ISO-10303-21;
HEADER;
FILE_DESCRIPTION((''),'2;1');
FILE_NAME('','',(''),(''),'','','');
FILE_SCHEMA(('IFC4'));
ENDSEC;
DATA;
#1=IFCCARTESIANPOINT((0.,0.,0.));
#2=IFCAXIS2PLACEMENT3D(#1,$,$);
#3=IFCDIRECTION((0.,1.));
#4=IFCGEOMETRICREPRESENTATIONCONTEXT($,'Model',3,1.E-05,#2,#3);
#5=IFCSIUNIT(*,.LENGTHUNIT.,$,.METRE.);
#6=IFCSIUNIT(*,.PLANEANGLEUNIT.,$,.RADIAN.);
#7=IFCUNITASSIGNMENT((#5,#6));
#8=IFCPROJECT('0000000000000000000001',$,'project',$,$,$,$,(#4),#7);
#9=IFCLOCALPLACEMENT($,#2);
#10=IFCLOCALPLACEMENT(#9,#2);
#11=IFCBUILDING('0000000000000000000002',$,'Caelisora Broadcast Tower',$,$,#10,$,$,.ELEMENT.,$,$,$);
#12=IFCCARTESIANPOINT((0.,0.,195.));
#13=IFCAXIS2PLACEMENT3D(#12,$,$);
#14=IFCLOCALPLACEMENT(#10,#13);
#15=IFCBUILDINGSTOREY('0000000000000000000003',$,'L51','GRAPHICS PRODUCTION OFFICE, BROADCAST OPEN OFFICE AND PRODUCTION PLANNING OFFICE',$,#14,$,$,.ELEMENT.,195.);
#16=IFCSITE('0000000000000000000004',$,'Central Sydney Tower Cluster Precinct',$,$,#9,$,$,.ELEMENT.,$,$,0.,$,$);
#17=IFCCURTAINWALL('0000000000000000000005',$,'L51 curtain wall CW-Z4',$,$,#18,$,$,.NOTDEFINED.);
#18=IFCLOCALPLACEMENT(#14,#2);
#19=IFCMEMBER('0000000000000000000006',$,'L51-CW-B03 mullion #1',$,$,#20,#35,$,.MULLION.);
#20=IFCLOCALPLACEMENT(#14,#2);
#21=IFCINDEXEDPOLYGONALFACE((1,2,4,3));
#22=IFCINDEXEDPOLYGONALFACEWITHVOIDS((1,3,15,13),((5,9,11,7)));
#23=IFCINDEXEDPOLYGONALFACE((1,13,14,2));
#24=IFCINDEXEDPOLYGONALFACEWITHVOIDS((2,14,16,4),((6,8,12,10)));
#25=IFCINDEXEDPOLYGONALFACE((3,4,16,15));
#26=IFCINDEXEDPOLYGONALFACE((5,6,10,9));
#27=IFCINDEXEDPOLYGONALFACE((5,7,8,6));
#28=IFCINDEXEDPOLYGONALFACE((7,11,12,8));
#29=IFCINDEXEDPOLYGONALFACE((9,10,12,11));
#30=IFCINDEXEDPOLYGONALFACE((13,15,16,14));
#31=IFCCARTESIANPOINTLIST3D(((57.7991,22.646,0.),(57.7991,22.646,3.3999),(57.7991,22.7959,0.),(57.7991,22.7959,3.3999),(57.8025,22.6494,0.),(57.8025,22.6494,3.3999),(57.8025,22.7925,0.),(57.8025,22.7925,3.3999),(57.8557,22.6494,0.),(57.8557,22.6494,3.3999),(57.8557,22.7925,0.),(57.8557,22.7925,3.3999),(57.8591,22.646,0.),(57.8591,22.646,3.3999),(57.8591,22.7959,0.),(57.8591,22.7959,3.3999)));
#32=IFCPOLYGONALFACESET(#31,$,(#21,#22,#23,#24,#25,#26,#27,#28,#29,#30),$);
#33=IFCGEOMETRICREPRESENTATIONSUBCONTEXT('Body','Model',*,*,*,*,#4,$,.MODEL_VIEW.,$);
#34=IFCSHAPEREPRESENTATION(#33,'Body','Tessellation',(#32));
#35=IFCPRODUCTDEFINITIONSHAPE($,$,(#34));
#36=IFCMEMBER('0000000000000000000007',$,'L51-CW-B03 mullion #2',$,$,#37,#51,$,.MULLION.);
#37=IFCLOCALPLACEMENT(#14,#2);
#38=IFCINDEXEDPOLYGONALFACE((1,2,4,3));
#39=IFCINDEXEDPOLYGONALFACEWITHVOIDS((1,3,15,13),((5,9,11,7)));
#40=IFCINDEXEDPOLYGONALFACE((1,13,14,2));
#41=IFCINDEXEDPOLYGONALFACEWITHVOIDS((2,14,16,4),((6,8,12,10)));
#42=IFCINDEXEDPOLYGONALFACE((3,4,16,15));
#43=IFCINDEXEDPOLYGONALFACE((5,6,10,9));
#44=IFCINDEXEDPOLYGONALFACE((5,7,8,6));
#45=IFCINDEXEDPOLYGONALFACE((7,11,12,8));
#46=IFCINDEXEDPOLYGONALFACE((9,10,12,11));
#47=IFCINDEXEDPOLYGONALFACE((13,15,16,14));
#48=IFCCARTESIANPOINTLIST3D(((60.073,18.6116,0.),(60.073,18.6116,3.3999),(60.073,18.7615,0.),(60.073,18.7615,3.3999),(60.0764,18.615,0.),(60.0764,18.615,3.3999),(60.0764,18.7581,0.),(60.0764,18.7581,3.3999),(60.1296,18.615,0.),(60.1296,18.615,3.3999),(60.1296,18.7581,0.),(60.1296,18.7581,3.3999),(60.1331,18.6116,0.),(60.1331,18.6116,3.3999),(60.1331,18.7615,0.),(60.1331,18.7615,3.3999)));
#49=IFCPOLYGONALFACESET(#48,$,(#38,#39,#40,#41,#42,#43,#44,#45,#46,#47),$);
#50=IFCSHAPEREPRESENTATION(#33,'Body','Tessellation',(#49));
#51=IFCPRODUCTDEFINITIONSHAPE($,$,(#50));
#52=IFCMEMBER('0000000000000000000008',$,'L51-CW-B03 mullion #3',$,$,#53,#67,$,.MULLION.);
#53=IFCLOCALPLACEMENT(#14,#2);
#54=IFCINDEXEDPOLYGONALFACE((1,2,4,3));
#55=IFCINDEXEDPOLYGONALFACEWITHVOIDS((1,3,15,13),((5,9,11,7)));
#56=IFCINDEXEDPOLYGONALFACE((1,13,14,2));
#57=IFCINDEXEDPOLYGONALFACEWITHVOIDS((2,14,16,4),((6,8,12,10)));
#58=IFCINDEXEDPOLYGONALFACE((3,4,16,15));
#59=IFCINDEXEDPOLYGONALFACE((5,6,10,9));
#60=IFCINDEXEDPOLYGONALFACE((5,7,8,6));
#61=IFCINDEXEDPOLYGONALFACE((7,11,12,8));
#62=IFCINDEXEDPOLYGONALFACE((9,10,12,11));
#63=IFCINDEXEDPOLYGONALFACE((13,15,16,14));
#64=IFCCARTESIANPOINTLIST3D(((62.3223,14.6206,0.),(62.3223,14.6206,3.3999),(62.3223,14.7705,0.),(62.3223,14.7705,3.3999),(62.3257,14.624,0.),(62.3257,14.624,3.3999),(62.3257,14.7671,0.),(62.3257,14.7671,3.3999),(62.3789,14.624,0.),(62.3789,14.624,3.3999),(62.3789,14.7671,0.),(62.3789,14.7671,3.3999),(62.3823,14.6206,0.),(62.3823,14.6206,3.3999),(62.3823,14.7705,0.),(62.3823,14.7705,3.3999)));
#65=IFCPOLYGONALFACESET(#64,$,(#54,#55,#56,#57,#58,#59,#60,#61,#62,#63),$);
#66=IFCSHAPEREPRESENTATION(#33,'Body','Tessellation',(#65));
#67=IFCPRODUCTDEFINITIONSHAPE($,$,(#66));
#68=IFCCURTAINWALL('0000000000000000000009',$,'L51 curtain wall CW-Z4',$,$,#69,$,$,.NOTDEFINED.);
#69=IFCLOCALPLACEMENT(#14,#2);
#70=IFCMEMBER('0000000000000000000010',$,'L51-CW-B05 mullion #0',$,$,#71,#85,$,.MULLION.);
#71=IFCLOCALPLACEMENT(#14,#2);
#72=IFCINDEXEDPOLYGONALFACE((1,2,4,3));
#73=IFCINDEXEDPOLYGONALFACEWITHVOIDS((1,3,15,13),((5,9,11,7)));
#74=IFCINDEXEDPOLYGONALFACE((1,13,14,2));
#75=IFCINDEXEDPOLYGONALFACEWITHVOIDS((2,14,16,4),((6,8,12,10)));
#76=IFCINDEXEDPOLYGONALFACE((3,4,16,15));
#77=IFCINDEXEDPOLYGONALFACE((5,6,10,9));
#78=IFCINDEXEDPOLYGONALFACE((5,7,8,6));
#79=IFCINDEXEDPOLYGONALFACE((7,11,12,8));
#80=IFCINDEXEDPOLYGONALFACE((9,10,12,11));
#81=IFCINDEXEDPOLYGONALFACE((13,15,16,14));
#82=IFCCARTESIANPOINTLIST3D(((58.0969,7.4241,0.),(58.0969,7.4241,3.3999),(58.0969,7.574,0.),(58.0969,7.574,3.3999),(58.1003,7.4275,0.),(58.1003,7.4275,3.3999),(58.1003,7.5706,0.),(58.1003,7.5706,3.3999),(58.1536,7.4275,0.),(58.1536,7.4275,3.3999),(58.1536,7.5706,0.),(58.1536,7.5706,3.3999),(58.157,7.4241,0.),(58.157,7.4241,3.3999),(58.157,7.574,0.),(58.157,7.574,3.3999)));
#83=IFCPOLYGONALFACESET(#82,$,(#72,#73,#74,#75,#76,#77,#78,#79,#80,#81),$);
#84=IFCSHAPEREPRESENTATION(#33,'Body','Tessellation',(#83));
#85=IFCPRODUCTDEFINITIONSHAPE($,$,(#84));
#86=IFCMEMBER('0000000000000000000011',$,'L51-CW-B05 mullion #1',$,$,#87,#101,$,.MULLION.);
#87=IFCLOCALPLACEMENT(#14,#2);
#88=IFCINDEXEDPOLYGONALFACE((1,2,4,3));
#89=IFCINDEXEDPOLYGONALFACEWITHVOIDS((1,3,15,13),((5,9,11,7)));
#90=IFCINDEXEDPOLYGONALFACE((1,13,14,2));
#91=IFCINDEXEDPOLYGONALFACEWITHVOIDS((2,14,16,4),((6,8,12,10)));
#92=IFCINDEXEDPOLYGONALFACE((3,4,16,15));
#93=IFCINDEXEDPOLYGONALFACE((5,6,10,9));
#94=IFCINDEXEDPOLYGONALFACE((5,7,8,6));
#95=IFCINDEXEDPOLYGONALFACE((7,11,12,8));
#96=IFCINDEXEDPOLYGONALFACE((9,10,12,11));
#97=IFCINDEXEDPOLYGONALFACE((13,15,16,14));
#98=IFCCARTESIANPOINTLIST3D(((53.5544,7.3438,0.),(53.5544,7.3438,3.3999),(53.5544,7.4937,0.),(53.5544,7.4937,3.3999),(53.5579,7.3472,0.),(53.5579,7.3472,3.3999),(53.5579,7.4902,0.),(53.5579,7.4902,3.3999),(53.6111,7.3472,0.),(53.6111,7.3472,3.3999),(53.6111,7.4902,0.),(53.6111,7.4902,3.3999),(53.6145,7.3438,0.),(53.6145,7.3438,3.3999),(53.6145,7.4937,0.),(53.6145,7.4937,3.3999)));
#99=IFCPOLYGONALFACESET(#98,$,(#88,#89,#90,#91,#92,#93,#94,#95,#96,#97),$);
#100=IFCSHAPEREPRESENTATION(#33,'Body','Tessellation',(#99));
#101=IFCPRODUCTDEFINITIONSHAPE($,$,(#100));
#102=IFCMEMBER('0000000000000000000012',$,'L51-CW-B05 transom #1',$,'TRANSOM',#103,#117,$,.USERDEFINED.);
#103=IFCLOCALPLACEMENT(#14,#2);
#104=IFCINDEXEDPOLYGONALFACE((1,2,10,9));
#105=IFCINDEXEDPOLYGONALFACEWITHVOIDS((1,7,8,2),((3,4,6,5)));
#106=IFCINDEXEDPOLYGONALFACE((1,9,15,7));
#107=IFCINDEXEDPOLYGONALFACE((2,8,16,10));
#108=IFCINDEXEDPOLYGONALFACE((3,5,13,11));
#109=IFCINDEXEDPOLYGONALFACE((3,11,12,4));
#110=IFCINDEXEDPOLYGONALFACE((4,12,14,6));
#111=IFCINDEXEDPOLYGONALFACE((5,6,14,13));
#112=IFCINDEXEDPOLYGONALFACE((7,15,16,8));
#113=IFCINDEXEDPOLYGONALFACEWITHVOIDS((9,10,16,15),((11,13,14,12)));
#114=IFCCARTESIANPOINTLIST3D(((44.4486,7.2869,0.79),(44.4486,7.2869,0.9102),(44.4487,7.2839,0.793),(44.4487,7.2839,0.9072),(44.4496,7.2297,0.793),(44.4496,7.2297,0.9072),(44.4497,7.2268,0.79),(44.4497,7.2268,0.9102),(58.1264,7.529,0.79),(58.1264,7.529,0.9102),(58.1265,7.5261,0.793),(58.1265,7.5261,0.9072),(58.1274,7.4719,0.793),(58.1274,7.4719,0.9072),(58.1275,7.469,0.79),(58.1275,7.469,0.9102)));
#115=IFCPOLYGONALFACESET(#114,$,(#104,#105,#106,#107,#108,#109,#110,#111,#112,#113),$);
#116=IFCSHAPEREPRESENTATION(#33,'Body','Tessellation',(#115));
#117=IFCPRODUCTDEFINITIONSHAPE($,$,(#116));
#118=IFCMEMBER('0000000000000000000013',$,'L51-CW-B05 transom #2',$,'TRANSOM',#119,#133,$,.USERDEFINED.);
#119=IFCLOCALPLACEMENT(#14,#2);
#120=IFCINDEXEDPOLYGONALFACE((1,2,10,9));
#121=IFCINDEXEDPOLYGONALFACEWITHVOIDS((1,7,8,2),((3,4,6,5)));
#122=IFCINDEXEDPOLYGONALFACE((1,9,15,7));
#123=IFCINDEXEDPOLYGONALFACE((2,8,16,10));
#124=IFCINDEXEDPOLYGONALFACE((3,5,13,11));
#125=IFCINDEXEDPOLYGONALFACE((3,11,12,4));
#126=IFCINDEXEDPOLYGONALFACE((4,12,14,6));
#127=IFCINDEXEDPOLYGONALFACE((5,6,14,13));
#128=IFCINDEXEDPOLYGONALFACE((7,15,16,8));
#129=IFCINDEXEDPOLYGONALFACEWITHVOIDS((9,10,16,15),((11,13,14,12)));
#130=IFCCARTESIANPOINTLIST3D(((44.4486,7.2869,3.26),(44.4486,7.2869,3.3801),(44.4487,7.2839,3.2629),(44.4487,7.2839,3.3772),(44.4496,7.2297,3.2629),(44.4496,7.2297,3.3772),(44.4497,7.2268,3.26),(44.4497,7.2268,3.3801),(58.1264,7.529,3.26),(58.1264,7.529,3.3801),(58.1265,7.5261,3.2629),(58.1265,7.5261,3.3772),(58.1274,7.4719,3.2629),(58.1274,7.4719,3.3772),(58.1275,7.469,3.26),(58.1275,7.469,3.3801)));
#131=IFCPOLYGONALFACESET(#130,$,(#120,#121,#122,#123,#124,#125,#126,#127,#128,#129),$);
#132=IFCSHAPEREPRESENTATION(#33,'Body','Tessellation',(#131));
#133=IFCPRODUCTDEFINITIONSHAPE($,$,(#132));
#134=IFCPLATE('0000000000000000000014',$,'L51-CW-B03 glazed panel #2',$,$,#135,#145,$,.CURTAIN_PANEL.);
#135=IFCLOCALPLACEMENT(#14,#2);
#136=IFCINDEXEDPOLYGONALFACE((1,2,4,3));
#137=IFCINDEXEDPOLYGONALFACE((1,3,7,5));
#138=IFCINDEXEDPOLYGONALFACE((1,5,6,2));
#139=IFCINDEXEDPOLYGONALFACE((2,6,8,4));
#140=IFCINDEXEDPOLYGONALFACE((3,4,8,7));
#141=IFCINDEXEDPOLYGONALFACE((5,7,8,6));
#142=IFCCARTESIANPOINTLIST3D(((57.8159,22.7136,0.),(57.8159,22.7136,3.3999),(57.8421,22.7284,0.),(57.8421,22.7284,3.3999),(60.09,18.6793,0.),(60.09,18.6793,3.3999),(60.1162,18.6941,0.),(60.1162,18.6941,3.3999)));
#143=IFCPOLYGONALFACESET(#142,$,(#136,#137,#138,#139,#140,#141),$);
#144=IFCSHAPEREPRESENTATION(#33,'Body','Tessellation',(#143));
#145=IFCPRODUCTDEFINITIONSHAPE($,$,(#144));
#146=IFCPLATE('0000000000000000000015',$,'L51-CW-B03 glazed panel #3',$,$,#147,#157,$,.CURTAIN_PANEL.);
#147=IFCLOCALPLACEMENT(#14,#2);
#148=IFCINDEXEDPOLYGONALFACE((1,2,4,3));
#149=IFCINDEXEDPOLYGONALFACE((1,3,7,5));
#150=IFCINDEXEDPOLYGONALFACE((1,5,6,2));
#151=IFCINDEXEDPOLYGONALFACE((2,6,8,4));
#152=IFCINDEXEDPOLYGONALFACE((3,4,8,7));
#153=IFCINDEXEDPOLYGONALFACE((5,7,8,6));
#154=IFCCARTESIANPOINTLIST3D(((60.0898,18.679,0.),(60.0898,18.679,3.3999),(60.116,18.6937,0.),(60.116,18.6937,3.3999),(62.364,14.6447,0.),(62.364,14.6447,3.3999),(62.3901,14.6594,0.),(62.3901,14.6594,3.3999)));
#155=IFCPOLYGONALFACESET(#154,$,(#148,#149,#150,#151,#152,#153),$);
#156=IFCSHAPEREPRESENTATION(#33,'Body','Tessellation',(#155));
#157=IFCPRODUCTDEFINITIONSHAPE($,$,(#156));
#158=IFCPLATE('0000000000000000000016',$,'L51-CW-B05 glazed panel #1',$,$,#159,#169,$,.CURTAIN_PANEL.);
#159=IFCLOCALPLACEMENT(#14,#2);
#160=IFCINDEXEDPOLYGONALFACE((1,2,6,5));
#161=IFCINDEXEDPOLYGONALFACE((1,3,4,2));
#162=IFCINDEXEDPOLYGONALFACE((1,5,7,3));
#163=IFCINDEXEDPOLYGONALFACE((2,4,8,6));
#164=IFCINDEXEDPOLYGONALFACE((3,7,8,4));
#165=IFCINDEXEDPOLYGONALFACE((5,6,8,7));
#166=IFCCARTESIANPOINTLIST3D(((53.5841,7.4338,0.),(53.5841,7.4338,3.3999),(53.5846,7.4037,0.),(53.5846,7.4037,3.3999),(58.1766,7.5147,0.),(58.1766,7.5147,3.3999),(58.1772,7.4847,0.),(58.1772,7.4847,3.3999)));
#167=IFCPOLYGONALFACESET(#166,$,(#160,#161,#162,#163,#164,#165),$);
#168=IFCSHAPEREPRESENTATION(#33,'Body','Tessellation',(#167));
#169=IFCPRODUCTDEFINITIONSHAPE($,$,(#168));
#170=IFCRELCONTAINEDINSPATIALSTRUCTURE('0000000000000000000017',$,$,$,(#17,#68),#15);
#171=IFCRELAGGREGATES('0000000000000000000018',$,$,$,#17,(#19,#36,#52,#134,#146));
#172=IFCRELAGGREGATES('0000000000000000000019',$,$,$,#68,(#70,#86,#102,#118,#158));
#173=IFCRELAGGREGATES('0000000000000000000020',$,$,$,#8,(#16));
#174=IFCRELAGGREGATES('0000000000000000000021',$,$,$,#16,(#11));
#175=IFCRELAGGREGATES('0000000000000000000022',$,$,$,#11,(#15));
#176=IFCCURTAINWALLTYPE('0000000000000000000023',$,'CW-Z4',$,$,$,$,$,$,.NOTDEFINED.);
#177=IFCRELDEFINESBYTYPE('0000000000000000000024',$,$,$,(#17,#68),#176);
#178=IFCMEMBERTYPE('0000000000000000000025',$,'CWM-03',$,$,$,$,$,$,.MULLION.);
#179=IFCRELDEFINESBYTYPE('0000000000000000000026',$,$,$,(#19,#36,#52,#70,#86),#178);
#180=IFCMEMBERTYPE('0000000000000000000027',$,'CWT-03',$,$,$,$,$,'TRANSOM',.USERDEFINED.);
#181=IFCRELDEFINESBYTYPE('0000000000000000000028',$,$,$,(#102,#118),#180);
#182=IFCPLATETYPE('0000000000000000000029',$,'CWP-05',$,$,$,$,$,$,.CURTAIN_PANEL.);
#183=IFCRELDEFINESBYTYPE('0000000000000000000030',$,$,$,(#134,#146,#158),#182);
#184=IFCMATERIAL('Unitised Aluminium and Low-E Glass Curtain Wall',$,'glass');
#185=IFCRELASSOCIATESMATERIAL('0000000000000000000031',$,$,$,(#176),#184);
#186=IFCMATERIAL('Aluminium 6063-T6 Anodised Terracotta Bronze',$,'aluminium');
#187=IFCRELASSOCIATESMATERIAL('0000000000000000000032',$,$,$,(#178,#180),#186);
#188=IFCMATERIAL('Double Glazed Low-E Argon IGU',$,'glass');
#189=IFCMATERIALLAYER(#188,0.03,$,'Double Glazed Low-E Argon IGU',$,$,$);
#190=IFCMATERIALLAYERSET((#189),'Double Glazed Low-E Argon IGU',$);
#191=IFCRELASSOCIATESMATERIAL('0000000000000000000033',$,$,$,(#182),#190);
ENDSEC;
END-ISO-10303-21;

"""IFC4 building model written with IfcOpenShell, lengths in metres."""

from ifc_helpers import new_model, si_unit, direction, frame, origin, origin_2d, place, context, subcontext, project, spatial, rectangle, hollow_rectangle, extrude, source, transform, mapped, material, layer, layer_set, material_profile, profile_set, type_object, type_shapes, element, aggregate, save


model = new_model("IFC4")

# Units and contexts
model_context = context("Model", 3, precision=1e-05, world=origin(), true_north=direction((0.0, 1.0)))
body_context = subcontext(model_context, "Body", "Model", "MODEL_VIEW")
ifc_project = project(units=[si_unit("LENGTHUNIT", "METRE"), si_unit("PLANEANGLEUNIT", "RADIAN")], contexts=[model_context])

# Site, building, storey
site_placement = place(None, origin())
site = spatial("IfcSite", under=ifc_project, at=site_placement, Name="Central Sydney Tower Cluster Precinct", CompositionType="ELEMENT", RefElevation=0.0)
building_placement = place(site_placement, origin())
building = spatial("IfcBuilding", under=site, at=building_placement, Name="Caelisora Broadcast Tower", CompositionType="ELEMENT")
storey_placement = place(building_placement, frame((0.0, 0.0, 195.0)))
storey = spatial("IfcBuildingStorey", under=building, at=storey_placement, Name="L51", Description="GRAPHICS PRODUCTION OFFICE, BROADCAST OPEN OFFICE AND PRODUCTION PLANNING OFFICE", CompositionType="ELEMENT", Elevation=195.0)

# Curtain walls, members
ifc_material_1 = material(Name="Unitised Aluminium and Low-E Glass Curtain Wall", Category="glass")
curtain_wall_type = type_object("IfcCurtainWallType", Name="CW-Z4", PredefinedType="NOTDEFINED", material=ifc_material_1)
curtain_wall_1_placement = place(storey_placement, origin())
curtain_wall_1 = element("IfcCurtainWall", 1, at=curtain_wall_1_placement, inside=storey, type_object=curtain_wall_type, Name="L51 curtain wall CW-Z4", PredefinedType="NOTDEFINED")
ifc_material_2 = material(Name="Aluminium 6063-T6 Anodised Terracotta Bronze", Category="aluminium")
ifc_material_profile_1 = material_profile(ifc_material_2, hollow_rectangle(XDim=0.0601, YDim=0.1499, WallThickness=0.0034, at=origin_2d()), Name="Aluminium 6063-T6 Anodised Terracotta Bronze")
ifc_profile_set_1 = profile_set([ifc_material_profile_1], Name="Aluminium 6063-T6 Anodised Terracotta Bronze")
member_type_1 = type_object("IfcMemberType", Name="CWM-03", PredefinedType="MULLION", material=ifc_profile_set_1)
shared_shape_1 = source(origin(), body_context, "Body", "SweptSolid", [
    extrude(hollow_rectangle(XDim=0.0601, YDim=0.1499, WallThickness=0.0034, at=origin_2d()), origin(), (0.0, 0.0, 1.0), 3.3999),
])
type_shapes(member_type_1, [shared_shape_1])
member_1_placement = place(storey_placement, frame((57.8291, 22.7209, 0.0), z_axis=(0.0, 0.0, 1.0), x_axis=(1.0, 0.0, 0.0)))
member_1 = element("IfcMember", 2, at=member_1_placement, type_object=member_type_1, Name="L51-CW-B03 mullion #1", PredefinedType="MULLION", context=body_context, shape_type="MappedRepresentation", body=[
    mapped(shared_shape_1, transform((0.0, 0.0, 0.0), scale=1.0)),
])
member_2_placement = place(storey_placement, frame((60.103, 18.6865, 0.0), z_axis=(0.0, 0.0, 1.0), x_axis=(1.0, 0.0, 0.0)))
member_2 = element("IfcMember", 3, at=member_2_placement, type_object=member_type_1, Name="L51-CW-B03 mullion #2", PredefinedType="MULLION", context=body_context, shape_type="MappedRepresentation", body=[
    mapped(shared_shape_1, transform((0.0, 0.0, 0.0), scale=1.0)),
])
member_3_placement = place(storey_placement, frame((62.3523, 14.6956, 0.0), z_axis=(0.0, 0.0, 1.0), x_axis=(1.0, 0.0, 0.0)))
member_3 = element("IfcMember", 4, at=member_3_placement, type_object=member_type_1, Name="L51-CW-B03 mullion #3", PredefinedType="MULLION", context=body_context, shape_type="MappedRepresentation", body=[
    mapped(shared_shape_1, transform((0.0, 0.0, 0.0), scale=1.0)),
])
curtain_wall_2_placement = place(storey_placement, origin())
curtain_wall_2 = element("IfcCurtainWall", 5, at=curtain_wall_2_placement, inside=storey, type_object=curtain_wall_type, Name="L51 curtain wall CW-Z4", PredefinedType="NOTDEFINED")
member_4_placement = place(storey_placement, frame((58.127, 7.499, 0.0), z_axis=(0.0, 0.0, 1.0), x_axis=(1.0, 0.0, 0.0)))
member_4 = element("IfcMember", 6, at=member_4_placement, type_object=member_type_1, Name="L51-CW-B05 mullion #0", PredefinedType="MULLION", context=body_context, shape_type="MappedRepresentation", body=[
    mapped(shared_shape_1, transform((0.0, 0.0, 0.0), scale=1.0)),
])
member_5_placement = place(storey_placement, frame((53.5845, 7.4187, 0.0), z_axis=(0.0, 0.0, 1.0), x_axis=(1.0, 0.0, 0.0)))
member_5 = element("IfcMember", 7, at=member_5_placement, type_object=member_type_1, Name="L51-CW-B05 mullion #1", PredefinedType="MULLION", context=body_context, shape_type="MappedRepresentation", body=[
    mapped(shared_shape_1, transform((0.0, 0.0, 0.0), scale=1.0)),
])
ifc_material_profile_2 = material_profile(ifc_material_2, hollow_rectangle(XDim=0.0601, YDim=0.1201, WallThickness=0.0029, at=origin_2d()), Name="Aluminium 6063-T6 Anodised Terracotta Bronze")
ifc_profile_set_2 = profile_set([ifc_material_profile_2], Name="Aluminium 6063-T6 Anodised Terracotta Bronze")
member_type_2 = type_object("IfcMemberType", Name="CWT-03", ElementType="TRANSOM", PredefinedType="USERDEFINED", material=ifc_profile_set_2)
shared_shape_2 = source(origin(), body_context, "Body", "SweptSolid", [
    extrude(hollow_rectangle(XDim=0.0601, YDim=0.1201, WallThickness=0.0029, at=origin_2d()), origin(), (0.0, 0.0, 1.0), 13.6799),
])
type_shapes(member_type_2, [shared_shape_2])
member_6_placement = place(storey_placement, frame((58.127, 7.499, 0.8501), z_axis=(-0.999843, -0.017704, 0.0), x_axis=(0.017704, -0.999843, 0.0)))
member_6 = element("IfcMember", 8, at=member_6_placement, type_object=member_type_2, Name="L51-CW-B05 transom #1", ObjectType="TRANSOM", PredefinedType="USERDEFINED", context=body_context, shape_type="MappedRepresentation", body=[
    mapped(shared_shape_2, transform((0.0, 0.0, 0.0), scale=1.0)),
])
member_7_placement = place(storey_placement, frame((58.127, 7.499, 3.3201), z_axis=(-0.999843, -0.017704, 0.0), x_axis=(0.017704, -0.999843, 0.0)))
member_7 = element("IfcMember", 9, at=member_7_placement, type_object=member_type_2, Name="L51-CW-B05 transom #2", ObjectType="TRANSOM", PredefinedType="USERDEFINED", context=body_context, shape_type="MappedRepresentation", body=[
    mapped(shared_shape_2, transform((0.0, 0.0, 0.0), scale=1.0)),
])

# Plates
ifc_material_3 = material(Name="Double Glazed Low-E Argon IGU", Category="glass")
ifc_layer_1 = layer(ifc_material_3, 0.03, Name="Double Glazed Low-E Argon IGU")
ifc_layer_set_1 = layer_set([ifc_layer_1], Name="Double Glazed Low-E Argon IGU")
plate_type = type_object("IfcPlateType", Name="CWP-05", PredefinedType="CURTAIN_PANEL", material=ifc_layer_set_1)
shared_shape_3 = source(origin(), body_context, "Body", "SweptSolid", [
    extrude(rectangle(XDim=4.6311, YDim=0.03, at=origin_2d()), origin(), (0.0, 0.0, 1.0), 3.3999),
])
plate_1_placement = place(storey_placement, frame((58.9661, 20.7039, 0.0), z_axis=(0.0, 0.0, 1.0), x_axis=(0.491056, -0.871128, 0.0)))
plate_1 = element("IfcPlate", 10, at=plate_1_placement, type_object=plate_type, Name="L51-CW-B03 glazed panel #2", PredefinedType="CURTAIN_PANEL", context=body_context, shape_type="MappedRepresentation", body=[
    mapped(shared_shape_3, transform((0.0, 0.0, 0.0), scale=1.0)),
])
plate_2_placement = place(storey_placement, frame((61.24, 16.6692, 0.0), z_axis=(0.0, 0.0, 1.0), x_axis=(0.491056, -0.871128, 0.0)))
plate_2 = element("IfcPlate", 11, at=plate_2_placement, type_object=plate_type, Name="L51-CW-B03 glazed panel #3", PredefinedType="CURTAIN_PANEL", context=body_context, shape_type="MappedRepresentation", body=[
    mapped(shared_shape_3, transform((0.0, 0.0, 0.0), scale=1.0)),
])
aggregate(curtain_wall_1, [member_1, member_2, member_3, plate_1, plate_2])
shared_shape_4 = source(origin(), body_context, "Body", "SweptSolid", [
    extrude(rectangle(XDim=4.5933, YDim=0.03, at=origin_2d()), origin(), (0.0, 0.0, 1.0), 3.3999),
])
type_shapes(plate_type, [shared_shape_3, shared_shape_4])
plate_3_placement = place(storey_placement, frame((55.8806, 7.4592, 0.0), z_axis=(0.0, 0.0, 1.0), x_axis=(-0.999845, -0.017627, 0.0)))
plate_3 = element("IfcPlate", 12, at=plate_3_placement, type_object=plate_type, Name="L51-CW-B05 glazed panel #1", PredefinedType="CURTAIN_PANEL", context=body_context, shape_type="MappedRepresentation", body=[
    mapped(shared_shape_4, transform((0.0, 0.0, 0.0), scale=1.0)),
])
aggregate(curtain_wall_2, [member_4, member_5, member_6, member_7, plate_3])

save(model, "model.ifc")
